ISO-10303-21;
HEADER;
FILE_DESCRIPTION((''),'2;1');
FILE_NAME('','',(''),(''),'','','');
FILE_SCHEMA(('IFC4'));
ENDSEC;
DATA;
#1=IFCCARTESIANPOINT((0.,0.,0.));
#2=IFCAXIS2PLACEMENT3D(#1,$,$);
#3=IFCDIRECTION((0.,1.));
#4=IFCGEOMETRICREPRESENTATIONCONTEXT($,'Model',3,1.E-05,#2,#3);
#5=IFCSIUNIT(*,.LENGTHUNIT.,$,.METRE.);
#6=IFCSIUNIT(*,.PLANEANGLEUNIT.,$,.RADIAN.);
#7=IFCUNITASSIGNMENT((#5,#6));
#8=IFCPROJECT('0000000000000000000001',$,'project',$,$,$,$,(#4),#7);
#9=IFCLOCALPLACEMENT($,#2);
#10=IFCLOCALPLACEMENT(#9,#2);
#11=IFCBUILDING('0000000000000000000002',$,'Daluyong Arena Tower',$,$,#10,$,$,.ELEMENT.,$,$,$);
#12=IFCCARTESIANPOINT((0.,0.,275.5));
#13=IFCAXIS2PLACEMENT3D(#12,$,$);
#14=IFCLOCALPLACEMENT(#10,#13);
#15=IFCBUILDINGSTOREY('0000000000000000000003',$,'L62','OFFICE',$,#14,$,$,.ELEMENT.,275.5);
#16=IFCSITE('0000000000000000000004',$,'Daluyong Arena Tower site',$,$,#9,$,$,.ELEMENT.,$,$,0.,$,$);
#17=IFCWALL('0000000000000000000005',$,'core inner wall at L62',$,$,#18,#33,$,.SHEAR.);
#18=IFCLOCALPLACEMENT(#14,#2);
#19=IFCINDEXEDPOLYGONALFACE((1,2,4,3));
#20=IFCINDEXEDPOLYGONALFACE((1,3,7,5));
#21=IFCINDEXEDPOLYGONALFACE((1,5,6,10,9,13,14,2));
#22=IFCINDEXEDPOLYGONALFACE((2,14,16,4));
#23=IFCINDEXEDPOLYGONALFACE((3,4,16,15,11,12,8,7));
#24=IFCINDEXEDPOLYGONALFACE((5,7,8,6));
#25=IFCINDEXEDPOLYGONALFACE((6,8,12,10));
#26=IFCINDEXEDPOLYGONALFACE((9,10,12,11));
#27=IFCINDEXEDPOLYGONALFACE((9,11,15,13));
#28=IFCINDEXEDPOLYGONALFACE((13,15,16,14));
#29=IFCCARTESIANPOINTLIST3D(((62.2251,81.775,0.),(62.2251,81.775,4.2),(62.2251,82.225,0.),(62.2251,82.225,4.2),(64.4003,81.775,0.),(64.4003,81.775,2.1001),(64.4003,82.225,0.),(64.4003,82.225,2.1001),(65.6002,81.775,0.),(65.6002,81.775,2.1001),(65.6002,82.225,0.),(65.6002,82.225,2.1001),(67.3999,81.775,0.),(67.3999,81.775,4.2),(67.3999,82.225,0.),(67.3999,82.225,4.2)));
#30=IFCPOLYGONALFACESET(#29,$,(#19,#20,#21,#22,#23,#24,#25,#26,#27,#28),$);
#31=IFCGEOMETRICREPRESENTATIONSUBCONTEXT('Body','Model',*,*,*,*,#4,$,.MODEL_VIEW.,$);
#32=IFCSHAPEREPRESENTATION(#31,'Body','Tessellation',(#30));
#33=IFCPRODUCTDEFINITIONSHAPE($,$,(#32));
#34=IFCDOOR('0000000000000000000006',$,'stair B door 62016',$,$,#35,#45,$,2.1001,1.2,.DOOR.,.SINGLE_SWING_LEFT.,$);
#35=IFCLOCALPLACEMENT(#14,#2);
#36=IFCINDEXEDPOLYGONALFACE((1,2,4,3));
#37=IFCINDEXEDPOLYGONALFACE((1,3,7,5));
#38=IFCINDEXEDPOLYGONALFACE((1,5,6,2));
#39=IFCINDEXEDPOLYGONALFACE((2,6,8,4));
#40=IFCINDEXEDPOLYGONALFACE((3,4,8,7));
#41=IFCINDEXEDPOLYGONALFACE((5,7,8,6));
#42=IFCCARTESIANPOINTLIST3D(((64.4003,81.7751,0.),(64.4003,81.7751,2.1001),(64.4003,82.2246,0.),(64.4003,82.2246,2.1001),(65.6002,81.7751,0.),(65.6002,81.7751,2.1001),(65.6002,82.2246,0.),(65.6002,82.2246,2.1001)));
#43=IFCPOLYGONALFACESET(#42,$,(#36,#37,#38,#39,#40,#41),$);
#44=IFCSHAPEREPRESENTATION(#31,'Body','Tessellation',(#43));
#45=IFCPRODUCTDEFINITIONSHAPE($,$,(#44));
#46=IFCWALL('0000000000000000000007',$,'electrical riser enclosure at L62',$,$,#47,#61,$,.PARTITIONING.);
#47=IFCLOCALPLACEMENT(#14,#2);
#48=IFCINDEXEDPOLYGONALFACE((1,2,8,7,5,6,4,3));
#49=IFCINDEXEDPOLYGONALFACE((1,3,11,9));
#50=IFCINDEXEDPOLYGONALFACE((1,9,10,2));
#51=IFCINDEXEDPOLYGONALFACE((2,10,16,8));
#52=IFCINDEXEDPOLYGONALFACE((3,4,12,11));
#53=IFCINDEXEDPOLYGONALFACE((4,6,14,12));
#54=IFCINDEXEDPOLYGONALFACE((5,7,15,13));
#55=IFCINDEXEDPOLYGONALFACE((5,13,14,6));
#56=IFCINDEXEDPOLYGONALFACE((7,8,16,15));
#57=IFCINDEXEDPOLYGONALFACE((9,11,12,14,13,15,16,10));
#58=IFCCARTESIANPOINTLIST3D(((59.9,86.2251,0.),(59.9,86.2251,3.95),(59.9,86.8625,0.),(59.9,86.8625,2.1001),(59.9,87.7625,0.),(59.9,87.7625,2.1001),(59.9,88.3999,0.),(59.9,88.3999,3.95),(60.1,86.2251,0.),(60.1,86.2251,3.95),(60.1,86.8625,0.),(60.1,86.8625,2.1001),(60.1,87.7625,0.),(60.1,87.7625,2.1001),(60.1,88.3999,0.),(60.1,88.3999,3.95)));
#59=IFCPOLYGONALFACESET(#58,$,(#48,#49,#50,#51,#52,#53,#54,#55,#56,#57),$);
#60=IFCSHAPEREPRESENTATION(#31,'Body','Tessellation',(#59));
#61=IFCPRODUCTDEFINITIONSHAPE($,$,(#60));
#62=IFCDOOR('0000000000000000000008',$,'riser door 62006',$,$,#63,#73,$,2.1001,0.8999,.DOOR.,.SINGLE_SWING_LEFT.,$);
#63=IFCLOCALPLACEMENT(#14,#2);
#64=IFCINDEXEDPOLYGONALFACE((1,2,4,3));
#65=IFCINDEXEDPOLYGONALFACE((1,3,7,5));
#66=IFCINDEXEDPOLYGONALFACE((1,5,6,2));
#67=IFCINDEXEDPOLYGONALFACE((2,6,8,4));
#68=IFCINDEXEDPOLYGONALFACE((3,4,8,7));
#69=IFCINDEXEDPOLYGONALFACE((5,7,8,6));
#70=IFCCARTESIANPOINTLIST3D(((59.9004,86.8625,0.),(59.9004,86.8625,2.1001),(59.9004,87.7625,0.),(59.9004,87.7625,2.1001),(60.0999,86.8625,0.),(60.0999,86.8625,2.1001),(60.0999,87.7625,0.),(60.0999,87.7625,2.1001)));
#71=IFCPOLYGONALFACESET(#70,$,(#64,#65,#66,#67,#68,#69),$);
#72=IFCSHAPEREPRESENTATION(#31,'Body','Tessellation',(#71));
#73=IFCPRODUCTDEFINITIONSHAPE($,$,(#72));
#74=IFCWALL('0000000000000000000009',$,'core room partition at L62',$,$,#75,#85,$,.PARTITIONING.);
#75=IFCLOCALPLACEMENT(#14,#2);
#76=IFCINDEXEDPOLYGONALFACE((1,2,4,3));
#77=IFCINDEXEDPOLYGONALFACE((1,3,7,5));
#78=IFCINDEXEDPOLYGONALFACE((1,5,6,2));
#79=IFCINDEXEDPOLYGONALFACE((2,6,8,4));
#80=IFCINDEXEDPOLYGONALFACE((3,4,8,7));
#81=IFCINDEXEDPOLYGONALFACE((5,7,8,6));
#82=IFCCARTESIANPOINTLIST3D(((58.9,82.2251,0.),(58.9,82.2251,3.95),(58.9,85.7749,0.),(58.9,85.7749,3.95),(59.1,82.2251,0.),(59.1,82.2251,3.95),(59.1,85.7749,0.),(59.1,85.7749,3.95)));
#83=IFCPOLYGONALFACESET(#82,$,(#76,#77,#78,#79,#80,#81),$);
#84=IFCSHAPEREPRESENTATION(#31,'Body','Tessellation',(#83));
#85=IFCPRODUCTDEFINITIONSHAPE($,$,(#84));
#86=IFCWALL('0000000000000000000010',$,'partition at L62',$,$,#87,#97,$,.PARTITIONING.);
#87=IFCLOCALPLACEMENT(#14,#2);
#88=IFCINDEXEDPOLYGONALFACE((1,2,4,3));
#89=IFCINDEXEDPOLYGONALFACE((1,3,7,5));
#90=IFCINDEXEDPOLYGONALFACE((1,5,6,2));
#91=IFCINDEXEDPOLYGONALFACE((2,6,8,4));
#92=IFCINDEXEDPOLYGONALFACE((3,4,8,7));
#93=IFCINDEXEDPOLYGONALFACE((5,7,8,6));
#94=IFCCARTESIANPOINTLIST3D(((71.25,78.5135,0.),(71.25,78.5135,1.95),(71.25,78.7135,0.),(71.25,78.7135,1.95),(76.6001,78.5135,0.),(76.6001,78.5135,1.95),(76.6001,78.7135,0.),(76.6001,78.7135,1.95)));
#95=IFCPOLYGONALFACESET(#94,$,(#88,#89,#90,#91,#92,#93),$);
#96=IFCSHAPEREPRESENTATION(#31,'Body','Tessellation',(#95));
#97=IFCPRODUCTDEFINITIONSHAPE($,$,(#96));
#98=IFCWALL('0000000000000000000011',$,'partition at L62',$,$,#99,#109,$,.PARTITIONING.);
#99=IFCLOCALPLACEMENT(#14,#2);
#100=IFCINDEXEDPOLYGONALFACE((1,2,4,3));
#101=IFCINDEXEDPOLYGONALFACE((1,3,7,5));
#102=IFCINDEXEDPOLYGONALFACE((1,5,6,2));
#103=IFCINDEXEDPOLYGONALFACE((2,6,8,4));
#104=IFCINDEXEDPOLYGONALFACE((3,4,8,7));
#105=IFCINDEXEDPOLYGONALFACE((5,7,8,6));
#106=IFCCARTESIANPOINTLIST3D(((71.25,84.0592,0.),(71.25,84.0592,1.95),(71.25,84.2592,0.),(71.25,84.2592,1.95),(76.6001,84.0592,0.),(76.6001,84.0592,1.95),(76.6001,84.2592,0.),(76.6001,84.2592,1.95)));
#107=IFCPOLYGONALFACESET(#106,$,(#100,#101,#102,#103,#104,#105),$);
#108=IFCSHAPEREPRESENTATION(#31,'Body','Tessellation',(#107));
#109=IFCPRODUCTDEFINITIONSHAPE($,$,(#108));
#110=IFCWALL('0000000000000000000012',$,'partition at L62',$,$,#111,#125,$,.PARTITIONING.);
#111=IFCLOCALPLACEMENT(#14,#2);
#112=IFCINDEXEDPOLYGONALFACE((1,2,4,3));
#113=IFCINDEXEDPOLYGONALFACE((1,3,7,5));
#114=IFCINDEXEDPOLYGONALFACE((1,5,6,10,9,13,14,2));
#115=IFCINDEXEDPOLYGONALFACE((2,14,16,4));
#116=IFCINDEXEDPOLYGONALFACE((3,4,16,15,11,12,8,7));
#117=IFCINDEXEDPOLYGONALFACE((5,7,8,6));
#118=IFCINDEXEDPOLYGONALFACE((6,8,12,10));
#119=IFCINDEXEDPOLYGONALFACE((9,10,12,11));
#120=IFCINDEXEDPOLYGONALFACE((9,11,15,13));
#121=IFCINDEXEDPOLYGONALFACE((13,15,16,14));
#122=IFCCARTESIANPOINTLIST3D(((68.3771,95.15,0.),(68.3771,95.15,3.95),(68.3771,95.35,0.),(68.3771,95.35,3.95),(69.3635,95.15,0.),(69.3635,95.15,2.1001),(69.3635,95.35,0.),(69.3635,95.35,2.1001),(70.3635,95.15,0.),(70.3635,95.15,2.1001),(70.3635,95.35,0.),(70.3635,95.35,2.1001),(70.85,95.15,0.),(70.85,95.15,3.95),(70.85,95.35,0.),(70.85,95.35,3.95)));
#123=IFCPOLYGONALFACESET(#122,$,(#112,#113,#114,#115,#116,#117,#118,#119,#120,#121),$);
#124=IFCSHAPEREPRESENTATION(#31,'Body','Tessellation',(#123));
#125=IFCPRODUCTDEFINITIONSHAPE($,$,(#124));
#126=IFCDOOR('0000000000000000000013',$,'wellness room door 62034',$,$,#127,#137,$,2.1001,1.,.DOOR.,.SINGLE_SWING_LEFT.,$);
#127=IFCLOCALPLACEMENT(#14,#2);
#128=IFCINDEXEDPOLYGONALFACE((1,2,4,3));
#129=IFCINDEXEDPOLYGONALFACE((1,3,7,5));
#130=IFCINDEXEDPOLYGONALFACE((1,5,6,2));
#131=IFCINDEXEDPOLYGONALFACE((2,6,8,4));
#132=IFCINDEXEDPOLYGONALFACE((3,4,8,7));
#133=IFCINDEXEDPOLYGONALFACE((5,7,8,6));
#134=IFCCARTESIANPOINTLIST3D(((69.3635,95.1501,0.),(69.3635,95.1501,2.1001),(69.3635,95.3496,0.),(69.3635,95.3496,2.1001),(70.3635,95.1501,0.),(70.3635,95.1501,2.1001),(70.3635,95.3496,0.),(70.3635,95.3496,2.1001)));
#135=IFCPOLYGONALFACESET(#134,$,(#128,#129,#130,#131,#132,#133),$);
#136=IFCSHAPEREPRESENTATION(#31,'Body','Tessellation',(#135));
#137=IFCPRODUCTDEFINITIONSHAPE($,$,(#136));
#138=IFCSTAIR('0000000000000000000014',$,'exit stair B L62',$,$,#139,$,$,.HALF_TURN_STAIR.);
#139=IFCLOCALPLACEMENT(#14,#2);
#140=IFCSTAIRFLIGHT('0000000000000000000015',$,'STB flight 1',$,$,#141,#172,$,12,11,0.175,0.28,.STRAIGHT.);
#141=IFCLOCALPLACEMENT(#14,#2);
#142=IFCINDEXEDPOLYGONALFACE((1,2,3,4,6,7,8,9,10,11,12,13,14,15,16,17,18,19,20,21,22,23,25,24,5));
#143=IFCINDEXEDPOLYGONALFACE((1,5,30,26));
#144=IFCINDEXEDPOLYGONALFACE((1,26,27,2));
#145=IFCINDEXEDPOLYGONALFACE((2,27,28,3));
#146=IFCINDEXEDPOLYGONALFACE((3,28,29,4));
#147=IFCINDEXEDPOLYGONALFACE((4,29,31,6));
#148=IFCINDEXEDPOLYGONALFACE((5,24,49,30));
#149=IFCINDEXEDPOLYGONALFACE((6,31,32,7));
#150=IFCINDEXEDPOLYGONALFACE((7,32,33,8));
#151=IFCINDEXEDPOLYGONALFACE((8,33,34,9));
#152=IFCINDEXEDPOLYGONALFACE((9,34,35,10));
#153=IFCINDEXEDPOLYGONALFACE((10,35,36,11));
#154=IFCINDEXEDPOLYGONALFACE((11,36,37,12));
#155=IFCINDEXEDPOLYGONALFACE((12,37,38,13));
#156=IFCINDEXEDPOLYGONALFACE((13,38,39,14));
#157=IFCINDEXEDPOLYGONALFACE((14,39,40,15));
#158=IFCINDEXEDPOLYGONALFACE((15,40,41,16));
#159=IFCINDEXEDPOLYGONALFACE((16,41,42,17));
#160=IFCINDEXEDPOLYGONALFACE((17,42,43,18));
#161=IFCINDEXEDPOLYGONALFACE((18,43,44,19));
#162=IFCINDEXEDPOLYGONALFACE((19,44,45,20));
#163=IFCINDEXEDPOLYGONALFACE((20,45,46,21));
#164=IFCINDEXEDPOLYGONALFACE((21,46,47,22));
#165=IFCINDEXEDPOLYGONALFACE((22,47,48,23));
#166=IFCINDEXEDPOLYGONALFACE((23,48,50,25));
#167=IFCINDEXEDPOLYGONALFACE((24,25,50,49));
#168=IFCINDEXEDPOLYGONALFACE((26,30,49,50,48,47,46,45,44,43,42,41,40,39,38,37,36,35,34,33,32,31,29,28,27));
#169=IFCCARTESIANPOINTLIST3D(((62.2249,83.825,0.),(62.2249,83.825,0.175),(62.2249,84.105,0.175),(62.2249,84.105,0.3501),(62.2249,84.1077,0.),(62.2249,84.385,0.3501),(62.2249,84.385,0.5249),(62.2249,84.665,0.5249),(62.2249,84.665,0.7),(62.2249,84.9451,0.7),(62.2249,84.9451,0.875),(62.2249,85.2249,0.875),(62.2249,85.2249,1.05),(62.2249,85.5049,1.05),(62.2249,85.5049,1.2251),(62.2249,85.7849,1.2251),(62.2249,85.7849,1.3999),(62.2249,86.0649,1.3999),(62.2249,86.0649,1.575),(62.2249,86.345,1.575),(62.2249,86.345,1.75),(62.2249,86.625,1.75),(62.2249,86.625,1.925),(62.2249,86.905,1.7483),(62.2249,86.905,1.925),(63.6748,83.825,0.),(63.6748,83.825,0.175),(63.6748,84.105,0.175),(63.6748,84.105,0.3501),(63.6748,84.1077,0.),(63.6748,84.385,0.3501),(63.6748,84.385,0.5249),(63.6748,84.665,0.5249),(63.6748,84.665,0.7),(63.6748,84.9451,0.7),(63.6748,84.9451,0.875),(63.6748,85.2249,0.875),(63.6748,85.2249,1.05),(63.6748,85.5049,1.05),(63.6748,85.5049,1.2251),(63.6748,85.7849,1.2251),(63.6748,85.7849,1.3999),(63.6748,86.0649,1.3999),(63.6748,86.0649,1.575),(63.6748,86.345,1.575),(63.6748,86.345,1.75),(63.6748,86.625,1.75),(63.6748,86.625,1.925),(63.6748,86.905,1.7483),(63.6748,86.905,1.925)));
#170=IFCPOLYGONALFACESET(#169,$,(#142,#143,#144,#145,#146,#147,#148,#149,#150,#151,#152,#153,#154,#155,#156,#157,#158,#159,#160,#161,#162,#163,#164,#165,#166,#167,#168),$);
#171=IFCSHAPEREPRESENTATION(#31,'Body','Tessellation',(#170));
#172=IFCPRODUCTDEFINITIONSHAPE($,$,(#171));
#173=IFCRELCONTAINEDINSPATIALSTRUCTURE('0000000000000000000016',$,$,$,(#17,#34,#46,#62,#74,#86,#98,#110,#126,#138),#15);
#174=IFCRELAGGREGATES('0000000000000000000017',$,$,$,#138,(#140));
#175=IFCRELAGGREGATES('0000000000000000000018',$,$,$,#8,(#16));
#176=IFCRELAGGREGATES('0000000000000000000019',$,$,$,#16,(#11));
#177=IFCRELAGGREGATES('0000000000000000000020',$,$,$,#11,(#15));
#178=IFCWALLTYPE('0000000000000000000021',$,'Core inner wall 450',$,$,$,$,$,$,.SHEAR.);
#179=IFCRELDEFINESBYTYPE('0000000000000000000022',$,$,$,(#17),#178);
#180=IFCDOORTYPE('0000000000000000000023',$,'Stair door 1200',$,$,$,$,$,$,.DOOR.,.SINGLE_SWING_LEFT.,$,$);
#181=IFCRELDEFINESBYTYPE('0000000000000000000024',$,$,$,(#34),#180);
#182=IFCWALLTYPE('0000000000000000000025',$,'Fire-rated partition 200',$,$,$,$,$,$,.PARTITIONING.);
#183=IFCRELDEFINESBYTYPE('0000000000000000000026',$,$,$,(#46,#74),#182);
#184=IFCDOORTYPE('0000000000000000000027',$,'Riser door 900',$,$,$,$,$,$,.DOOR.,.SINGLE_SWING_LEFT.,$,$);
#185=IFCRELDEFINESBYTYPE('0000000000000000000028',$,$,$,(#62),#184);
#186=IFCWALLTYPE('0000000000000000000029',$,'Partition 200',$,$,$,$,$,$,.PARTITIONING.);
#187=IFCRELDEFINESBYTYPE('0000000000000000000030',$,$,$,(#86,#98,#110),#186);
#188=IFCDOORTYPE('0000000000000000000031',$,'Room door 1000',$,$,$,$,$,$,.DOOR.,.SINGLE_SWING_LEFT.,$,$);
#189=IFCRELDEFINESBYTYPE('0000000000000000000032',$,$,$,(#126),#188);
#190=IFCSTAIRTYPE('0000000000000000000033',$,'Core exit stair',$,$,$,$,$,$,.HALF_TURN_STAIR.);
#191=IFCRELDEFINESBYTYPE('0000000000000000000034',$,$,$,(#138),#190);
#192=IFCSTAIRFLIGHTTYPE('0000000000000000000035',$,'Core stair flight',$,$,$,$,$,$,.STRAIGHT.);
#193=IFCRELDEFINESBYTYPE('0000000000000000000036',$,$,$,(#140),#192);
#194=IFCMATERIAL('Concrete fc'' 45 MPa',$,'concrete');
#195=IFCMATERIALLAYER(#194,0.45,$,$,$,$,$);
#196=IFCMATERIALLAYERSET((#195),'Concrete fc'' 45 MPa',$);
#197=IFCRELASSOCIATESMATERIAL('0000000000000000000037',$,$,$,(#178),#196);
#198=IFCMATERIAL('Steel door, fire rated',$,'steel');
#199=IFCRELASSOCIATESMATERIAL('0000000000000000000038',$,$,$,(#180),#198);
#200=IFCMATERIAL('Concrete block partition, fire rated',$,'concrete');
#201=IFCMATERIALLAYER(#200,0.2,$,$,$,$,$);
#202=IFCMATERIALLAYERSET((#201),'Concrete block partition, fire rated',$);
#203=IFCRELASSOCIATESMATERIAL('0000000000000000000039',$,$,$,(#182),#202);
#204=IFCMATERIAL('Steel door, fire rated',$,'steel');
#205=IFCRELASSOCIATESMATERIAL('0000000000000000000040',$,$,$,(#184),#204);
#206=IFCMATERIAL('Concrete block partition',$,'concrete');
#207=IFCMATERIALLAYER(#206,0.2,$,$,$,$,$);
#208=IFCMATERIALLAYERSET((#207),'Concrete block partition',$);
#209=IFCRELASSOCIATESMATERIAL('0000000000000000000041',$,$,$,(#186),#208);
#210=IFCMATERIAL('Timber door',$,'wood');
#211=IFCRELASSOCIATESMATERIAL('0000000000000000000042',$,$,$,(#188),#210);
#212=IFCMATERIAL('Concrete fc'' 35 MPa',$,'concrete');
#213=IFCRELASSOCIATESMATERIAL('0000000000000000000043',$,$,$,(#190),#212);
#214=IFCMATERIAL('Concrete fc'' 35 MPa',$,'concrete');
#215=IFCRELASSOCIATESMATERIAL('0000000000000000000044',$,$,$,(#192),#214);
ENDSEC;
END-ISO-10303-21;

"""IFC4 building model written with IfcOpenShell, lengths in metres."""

from ifc_helpers import new_model, si_unit, direction, frame, frame_2d, origin, place, context, subcontext, project, spatial, polyline, rectangle, outline, extrude, material, layer, layer_set, type_object, element, fill, aggregate, save


model = new_model("IFC4")

# Units and contexts
model_context = context("Model", 3, precision=1e-05, world=origin(), true_north=direction((0.0, 1.0)))
body_context = subcontext(model_context, "Body", "Model", "MODEL_VIEW")
ifc_project = project(units=[si_unit("LENGTHUNIT", "METRE"), si_unit("PLANEANGLEUNIT", "RADIAN")], contexts=[model_context])

# Site, building, storey
site_placement = place(None, origin())
site = spatial("IfcSite", under=ifc_project, at=site_placement, Name="Daluyong Arena Tower site", CompositionType="ELEMENT", RefElevation=0.0)
building_placement = place(site_placement, origin())
building = spatial("IfcBuilding", under=site, at=building_placement, Name="Daluyong Arena Tower", CompositionType="ELEMENT")
storey_placement = place(building_placement, frame((0.0, 0.0, 275.5)))
storey = spatial("IfcBuildingStorey", under=building, at=storey_placement, Name="L62", Description="OFFICE", CompositionType="ELEMENT", Elevation=275.5)

# Walls, openings, doors
ifc_material_1 = material(Name="Concrete fc' 45 MPa", Category="concrete")
ifc_layer_1 = layer(ifc_material_1, 0.45)
ifc_layer_set_1 = layer_set([ifc_layer_1], Name="Concrete fc' 45 MPa")
wall_type_1 = type_object("IfcWallType", Name="Core inner wall 450", PredefinedType="SHEAR", material=ifc_layer_set_1)
wall_1_placement = place(storey_placement, frame((62.2251, 82.0, 0.0), z_axis=(0.0, 0.0, 1.0), x_axis=(1.0, 0.0, 0.0)))
wall_1 = element("IfcWall", 1, at=wall_1_placement, inside=storey, type_object=wall_type_1, Name="core inner wall at L62", PredefinedType="SHEAR", context=body_context, shape_type="SweptSolid", body=[
    extrude(rectangle(XDim=5.1748, YDim=0.45, at=frame_2d((2.5874, 0.0))), origin(), (0.0, 0.0, 1.0), 4.2),
])
opening_1_placement = place(wall_1_placement, frame((2.175, 0.0, 0.0)))
opening_1 = element("IfcOpeningElement", 2, at=opening_1_placement, cuts=wall_1, PredefinedType="OPENING", context=body_context, shape_type="SweptSolid", body=[
    extrude(rectangle(XDim=1.2, YDim=2.1001, at=frame_2d((0.6001, 1.05))), frame((0.0, 0.2349, 0.0), z_axis=(0.0, -1.0, 0.0), x_axis=(1.0, 0.0, 0.0)), (0.0, 0.0, 1.0), 0.47),
])
ifc_material_2 = material(Name="Steel door, fire rated", Category="steel")
door_type_1 = type_object("IfcDoorType", Name="Stair door 1200", OperationType="SINGLE_SWING_LEFT", PredefinedType="DOOR", material=ifc_material_2)
door_1_placement = place(opening_1_placement, origin())
door_1 = element("IfcDoor", 3, at=door_1_placement, inside=storey, type_object=door_type_1, Name="stair B door 62016", OperationType="SINGLE_SWING_LEFT", OverallHeight=2.1001, OverallWidth=1.2, PredefinedType="DOOR", context=body_context, shape_type="SweptSolid", body=[
    extrude(rectangle(XDim=1.2, YDim=2.1001, at=frame_2d((0.6001, 1.05))), frame((0.0, 0.2246, 0.0), z_axis=(0.0, -1.0, 0.0), x_axis=(1.0, 0.0, 0.0)), (0.0, 0.0, 1.0), 0.4495),
])
fill(opening_1, door_1)
ifc_material_3 = material(Name="Concrete block partition, fire rated", Category="concrete")
ifc_layer_2 = layer(ifc_material_3, 0.2)
ifc_layer_set_2 = layer_set([ifc_layer_2], Name="Concrete block partition, fire rated")
wall_type_2 = type_object("IfcWallType", Name="Fire-rated partition 200", PredefinedType="PARTITIONING", material=ifc_layer_set_2)
wall_2_placement = place(storey_placement, frame((60.0, 86.2251, 0.0), z_axis=(0.0, 0.0, 1.0), x_axis=(0.0, 1.0, 0.0)))
wall_2 = element("IfcWall", 4, at=wall_2_placement, inside=storey, type_object=wall_type_2, Name="electrical riser enclosure at L62", PredefinedType="PARTITIONING", context=body_context, shape_type="SweptSolid", body=[
    extrude(rectangle(XDim=2.1748, YDim=0.2, at=frame_2d((1.0874, 0.0))), origin(), (0.0, 0.0, 1.0), 3.95),
])
opening_2_placement = place(wall_2_placement, frame((0.6375, 0.0, 0.0)))
opening_2 = element("IfcOpeningElement", 5, at=opening_2_placement, cuts=wall_2, PredefinedType="OPENING", context=body_context, shape_type="SweptSolid", body=[
    extrude(rectangle(XDim=0.8999, YDim=2.1001, at=frame_2d((0.45, 1.05))), frame((0.0, 0.1099, 0.0), z_axis=(0.0, -1.0, 0.0), x_axis=(1.0, 0.0, 0.0)), (0.0, 0.0, 1.0), 0.22),
])
ifc_material_4 = material(Name="Steel door, fire rated", Category="steel")
door_type_2 = type_object("IfcDoorType", Name="Riser door 900", OperationType="SINGLE_SWING_LEFT", PredefinedType="DOOR", material=ifc_material_4)
door_2_placement = place(opening_2_placement, origin())
door_2 = element("IfcDoor", 6, at=door_2_placement, inside=storey, type_object=door_type_2, Name="riser door 62006", OperationType="SINGLE_SWING_LEFT", OverallHeight=2.1001, OverallWidth=0.8999, PredefinedType="DOOR", context=body_context, shape_type="SweptSolid", body=[
    extrude(rectangle(XDim=0.8999, YDim=2.1001, at=frame_2d((0.45, 1.05))), frame((0.0, 0.0996, 0.0), z_axis=(0.0, -1.0, 0.0), x_axis=(1.0, 0.0, 0.0)), (0.0, 0.0, 1.0), 0.1995),
])
fill(opening_2, door_2)

# Walls
wall_3_placement = place(storey_placement, frame((59.0, 82.2251, 0.0), z_axis=(0.0, 0.0, 1.0), x_axis=(0.0, 1.0, 0.0)))
element("IfcWall", 7, at=wall_3_placement, inside=storey, type_object=wall_type_2, Name="core room partition at L62", PredefinedType="PARTITIONING", context=body_context, shape_type="SweptSolid", body=[
    extrude(rectangle(XDim=3.5498, YDim=0.2, at=frame_2d((1.7749, 0.0))), origin(), (0.0, 0.0, 1.0), 3.95),
])
ifc_material_5 = material(Name="Concrete block partition", Category="concrete")
ifc_layer_3 = layer(ifc_material_5, 0.2)
ifc_layer_set_3 = layer_set([ifc_layer_3], Name="Concrete block partition")
wall_type_3 = type_object("IfcWallType", Name="Partition 200", PredefinedType="PARTITIONING", material=ifc_layer_set_3)
for number, where, z_axis, x_axis, name in (
    (8, (71.25, 78.6135, 0.0), (0.0, 0.0, 1.0), (1.0, 0.0, 0.0), "partition at L62"),
    (9, (71.25, 84.1592, 0.0), (0.0, 0.0, 1.0), (1.0, 0.0, 0.0), "partition at L62"),
):
    element("IfcWall", number, at=place(storey_placement, frame(where, z_axis=z_axis, x_axis=x_axis)), inside=storey, type_object=wall_type_3, Name=name, PredefinedType="PARTITIONING", context=body_context, shape_type="SweptSolid", body=[
        extrude(rectangle(XDim=5.3501, YDim=0.2, at=frame_2d((2.675, 0.0))), origin(), (0.0, 0.0, 1.0), 1.95),
    ])

# Wall, opening, door
wall_4_placement = place(storey_placement, frame((68.3772, 95.25, 0.0), z_axis=(0.0, 0.0, 1.0), x_axis=(1.0, 0.0, 0.0)))
wall_4 = element("IfcWall", 10, at=wall_4_placement, inside=storey, type_object=wall_type_3, Name="partition at L62", PredefinedType="PARTITIONING", context=body_context, shape_type="SweptSolid", body=[
    extrude(rectangle(XDim=2.4729, YDim=0.2, at=frame_2d((1.2363, 0.0))), origin(), (0.0, 0.0, 1.0), 3.95),
])
opening_3_placement = place(wall_4_placement, frame((0.9863, 0.0, 0.0)))
opening_3 = element("IfcOpeningElement", 11, at=opening_3_placement, cuts=wall_4, PredefinedType="OPENING", context=body_context, shape_type="SweptSolid", body=[
    extrude(rectangle(XDim=1.0, YDim=2.1001, at=frame_2d((0.5, 1.05))), frame((0.0, 0.1099, 0.0), z_axis=(0.0, -1.0, 0.0), x_axis=(1.0, 0.0, 0.0)), (0.0, 0.0, 1.0), 0.22),
])
ifc_material_6 = material(Name="Timber door", Category="wood")
door_type_3 = type_object("IfcDoorType", Name="Room door 1000", OperationType="SINGLE_SWING_LEFT", PredefinedType="DOOR", material=ifc_material_6)
door_3_placement = place(opening_3_placement, origin())
door_3 = element("IfcDoor", 12, at=door_3_placement, inside=storey, type_object=door_type_3, Name="wellness room door 62034", OperationType="SINGLE_SWING_LEFT", OverallHeight=2.1001, OverallWidth=1.0, PredefinedType="DOOR", context=body_context, shape_type="SweptSolid", body=[
    extrude(rectangle(XDim=1.0, YDim=2.1001, at=frame_2d((0.5, 1.05))), frame((0.0, 0.0996, 0.0), z_axis=(0.0, -1.0, 0.0), x_axis=(1.0, 0.0, 0.0)), (0.0, 0.0, 1.0), 0.1995),
])
fill(opening_3, door_3)

# Stair, stair flight
ifc_material_7 = material(Name="Concrete fc' 35 MPa", Category="concrete")
stair_type = type_object("IfcStairType", Name="Core exit stair", PredefinedType="HALF_TURN_STAIR", material=ifc_material_7)
stair_placement = place(storey_placement, origin())
stair = element("IfcStair", 13, at=stair_placement, inside=storey, type_object=stair_type, Name="exit stair B L62", PredefinedType="HALF_TURN_STAIR")
ifc_material_8 = material(Name="Concrete fc' 35 MPa", Category="concrete")
stair_flight_type = type_object("IfcStairFlightType", Name="Core stair flight", PredefinedType="STRAIGHT", material=ifc_material_8)
stair_flight_1_placement = place(storey_placement, frame((62.95, 83.825, 0.0), z_axis=(0.0, 0.0, 1.0), x_axis=(0.0, 1.0, 0.0)))
stair_flight_1 = element("IfcStairFlight", 14, at=stair_flight_1_placement, type_object=stair_flight_type, Name="STB flight 1", NumberOfRisers=12, NumberOfTreads=11, PredefinedType="STRAIGHT", RiserHeight=0.175, TreadLength=0.28, context=body_context, shape_type="SweptSolid", body=[
    extrude(outline(polyline([(0.0, 0.0), (0.0, 0.175), (0.28, 0.175), (0.28, 0.3501), (0.5601, 0.3501), (0.5601, 0.5249), (0.8401, 0.5249), (0.8401, 0.7), (1.1201, 0.7), (1.1201, 0.875), (1.3999, 0.875), (1.3999, 1.05), (1.6799, 1.05), (1.6799, 1.2251), (1.96, 1.2251), (1.96, 1.3999), (2.24, 1.3999), (2.24, 1.575), (2.52, 1.575), (2.52, 1.75), (2.8, 1.75), (2.8, 1.925), (3.0801, 1.925), (3.0801, 2.1001), (3.0801, 1.7483), (0.2827, 0.0), (0.0, 0.0)])), frame((0.0, 0.7251, 0.0), z_axis=(0.0, -1.0, 0.0), x_axis=(1.0, 0.0, 0.0)), (0.0, 0.0, 1.0), 1.45),
])
aggregate(stair, [stair_flight_1])

save(model, "model.ifc")
